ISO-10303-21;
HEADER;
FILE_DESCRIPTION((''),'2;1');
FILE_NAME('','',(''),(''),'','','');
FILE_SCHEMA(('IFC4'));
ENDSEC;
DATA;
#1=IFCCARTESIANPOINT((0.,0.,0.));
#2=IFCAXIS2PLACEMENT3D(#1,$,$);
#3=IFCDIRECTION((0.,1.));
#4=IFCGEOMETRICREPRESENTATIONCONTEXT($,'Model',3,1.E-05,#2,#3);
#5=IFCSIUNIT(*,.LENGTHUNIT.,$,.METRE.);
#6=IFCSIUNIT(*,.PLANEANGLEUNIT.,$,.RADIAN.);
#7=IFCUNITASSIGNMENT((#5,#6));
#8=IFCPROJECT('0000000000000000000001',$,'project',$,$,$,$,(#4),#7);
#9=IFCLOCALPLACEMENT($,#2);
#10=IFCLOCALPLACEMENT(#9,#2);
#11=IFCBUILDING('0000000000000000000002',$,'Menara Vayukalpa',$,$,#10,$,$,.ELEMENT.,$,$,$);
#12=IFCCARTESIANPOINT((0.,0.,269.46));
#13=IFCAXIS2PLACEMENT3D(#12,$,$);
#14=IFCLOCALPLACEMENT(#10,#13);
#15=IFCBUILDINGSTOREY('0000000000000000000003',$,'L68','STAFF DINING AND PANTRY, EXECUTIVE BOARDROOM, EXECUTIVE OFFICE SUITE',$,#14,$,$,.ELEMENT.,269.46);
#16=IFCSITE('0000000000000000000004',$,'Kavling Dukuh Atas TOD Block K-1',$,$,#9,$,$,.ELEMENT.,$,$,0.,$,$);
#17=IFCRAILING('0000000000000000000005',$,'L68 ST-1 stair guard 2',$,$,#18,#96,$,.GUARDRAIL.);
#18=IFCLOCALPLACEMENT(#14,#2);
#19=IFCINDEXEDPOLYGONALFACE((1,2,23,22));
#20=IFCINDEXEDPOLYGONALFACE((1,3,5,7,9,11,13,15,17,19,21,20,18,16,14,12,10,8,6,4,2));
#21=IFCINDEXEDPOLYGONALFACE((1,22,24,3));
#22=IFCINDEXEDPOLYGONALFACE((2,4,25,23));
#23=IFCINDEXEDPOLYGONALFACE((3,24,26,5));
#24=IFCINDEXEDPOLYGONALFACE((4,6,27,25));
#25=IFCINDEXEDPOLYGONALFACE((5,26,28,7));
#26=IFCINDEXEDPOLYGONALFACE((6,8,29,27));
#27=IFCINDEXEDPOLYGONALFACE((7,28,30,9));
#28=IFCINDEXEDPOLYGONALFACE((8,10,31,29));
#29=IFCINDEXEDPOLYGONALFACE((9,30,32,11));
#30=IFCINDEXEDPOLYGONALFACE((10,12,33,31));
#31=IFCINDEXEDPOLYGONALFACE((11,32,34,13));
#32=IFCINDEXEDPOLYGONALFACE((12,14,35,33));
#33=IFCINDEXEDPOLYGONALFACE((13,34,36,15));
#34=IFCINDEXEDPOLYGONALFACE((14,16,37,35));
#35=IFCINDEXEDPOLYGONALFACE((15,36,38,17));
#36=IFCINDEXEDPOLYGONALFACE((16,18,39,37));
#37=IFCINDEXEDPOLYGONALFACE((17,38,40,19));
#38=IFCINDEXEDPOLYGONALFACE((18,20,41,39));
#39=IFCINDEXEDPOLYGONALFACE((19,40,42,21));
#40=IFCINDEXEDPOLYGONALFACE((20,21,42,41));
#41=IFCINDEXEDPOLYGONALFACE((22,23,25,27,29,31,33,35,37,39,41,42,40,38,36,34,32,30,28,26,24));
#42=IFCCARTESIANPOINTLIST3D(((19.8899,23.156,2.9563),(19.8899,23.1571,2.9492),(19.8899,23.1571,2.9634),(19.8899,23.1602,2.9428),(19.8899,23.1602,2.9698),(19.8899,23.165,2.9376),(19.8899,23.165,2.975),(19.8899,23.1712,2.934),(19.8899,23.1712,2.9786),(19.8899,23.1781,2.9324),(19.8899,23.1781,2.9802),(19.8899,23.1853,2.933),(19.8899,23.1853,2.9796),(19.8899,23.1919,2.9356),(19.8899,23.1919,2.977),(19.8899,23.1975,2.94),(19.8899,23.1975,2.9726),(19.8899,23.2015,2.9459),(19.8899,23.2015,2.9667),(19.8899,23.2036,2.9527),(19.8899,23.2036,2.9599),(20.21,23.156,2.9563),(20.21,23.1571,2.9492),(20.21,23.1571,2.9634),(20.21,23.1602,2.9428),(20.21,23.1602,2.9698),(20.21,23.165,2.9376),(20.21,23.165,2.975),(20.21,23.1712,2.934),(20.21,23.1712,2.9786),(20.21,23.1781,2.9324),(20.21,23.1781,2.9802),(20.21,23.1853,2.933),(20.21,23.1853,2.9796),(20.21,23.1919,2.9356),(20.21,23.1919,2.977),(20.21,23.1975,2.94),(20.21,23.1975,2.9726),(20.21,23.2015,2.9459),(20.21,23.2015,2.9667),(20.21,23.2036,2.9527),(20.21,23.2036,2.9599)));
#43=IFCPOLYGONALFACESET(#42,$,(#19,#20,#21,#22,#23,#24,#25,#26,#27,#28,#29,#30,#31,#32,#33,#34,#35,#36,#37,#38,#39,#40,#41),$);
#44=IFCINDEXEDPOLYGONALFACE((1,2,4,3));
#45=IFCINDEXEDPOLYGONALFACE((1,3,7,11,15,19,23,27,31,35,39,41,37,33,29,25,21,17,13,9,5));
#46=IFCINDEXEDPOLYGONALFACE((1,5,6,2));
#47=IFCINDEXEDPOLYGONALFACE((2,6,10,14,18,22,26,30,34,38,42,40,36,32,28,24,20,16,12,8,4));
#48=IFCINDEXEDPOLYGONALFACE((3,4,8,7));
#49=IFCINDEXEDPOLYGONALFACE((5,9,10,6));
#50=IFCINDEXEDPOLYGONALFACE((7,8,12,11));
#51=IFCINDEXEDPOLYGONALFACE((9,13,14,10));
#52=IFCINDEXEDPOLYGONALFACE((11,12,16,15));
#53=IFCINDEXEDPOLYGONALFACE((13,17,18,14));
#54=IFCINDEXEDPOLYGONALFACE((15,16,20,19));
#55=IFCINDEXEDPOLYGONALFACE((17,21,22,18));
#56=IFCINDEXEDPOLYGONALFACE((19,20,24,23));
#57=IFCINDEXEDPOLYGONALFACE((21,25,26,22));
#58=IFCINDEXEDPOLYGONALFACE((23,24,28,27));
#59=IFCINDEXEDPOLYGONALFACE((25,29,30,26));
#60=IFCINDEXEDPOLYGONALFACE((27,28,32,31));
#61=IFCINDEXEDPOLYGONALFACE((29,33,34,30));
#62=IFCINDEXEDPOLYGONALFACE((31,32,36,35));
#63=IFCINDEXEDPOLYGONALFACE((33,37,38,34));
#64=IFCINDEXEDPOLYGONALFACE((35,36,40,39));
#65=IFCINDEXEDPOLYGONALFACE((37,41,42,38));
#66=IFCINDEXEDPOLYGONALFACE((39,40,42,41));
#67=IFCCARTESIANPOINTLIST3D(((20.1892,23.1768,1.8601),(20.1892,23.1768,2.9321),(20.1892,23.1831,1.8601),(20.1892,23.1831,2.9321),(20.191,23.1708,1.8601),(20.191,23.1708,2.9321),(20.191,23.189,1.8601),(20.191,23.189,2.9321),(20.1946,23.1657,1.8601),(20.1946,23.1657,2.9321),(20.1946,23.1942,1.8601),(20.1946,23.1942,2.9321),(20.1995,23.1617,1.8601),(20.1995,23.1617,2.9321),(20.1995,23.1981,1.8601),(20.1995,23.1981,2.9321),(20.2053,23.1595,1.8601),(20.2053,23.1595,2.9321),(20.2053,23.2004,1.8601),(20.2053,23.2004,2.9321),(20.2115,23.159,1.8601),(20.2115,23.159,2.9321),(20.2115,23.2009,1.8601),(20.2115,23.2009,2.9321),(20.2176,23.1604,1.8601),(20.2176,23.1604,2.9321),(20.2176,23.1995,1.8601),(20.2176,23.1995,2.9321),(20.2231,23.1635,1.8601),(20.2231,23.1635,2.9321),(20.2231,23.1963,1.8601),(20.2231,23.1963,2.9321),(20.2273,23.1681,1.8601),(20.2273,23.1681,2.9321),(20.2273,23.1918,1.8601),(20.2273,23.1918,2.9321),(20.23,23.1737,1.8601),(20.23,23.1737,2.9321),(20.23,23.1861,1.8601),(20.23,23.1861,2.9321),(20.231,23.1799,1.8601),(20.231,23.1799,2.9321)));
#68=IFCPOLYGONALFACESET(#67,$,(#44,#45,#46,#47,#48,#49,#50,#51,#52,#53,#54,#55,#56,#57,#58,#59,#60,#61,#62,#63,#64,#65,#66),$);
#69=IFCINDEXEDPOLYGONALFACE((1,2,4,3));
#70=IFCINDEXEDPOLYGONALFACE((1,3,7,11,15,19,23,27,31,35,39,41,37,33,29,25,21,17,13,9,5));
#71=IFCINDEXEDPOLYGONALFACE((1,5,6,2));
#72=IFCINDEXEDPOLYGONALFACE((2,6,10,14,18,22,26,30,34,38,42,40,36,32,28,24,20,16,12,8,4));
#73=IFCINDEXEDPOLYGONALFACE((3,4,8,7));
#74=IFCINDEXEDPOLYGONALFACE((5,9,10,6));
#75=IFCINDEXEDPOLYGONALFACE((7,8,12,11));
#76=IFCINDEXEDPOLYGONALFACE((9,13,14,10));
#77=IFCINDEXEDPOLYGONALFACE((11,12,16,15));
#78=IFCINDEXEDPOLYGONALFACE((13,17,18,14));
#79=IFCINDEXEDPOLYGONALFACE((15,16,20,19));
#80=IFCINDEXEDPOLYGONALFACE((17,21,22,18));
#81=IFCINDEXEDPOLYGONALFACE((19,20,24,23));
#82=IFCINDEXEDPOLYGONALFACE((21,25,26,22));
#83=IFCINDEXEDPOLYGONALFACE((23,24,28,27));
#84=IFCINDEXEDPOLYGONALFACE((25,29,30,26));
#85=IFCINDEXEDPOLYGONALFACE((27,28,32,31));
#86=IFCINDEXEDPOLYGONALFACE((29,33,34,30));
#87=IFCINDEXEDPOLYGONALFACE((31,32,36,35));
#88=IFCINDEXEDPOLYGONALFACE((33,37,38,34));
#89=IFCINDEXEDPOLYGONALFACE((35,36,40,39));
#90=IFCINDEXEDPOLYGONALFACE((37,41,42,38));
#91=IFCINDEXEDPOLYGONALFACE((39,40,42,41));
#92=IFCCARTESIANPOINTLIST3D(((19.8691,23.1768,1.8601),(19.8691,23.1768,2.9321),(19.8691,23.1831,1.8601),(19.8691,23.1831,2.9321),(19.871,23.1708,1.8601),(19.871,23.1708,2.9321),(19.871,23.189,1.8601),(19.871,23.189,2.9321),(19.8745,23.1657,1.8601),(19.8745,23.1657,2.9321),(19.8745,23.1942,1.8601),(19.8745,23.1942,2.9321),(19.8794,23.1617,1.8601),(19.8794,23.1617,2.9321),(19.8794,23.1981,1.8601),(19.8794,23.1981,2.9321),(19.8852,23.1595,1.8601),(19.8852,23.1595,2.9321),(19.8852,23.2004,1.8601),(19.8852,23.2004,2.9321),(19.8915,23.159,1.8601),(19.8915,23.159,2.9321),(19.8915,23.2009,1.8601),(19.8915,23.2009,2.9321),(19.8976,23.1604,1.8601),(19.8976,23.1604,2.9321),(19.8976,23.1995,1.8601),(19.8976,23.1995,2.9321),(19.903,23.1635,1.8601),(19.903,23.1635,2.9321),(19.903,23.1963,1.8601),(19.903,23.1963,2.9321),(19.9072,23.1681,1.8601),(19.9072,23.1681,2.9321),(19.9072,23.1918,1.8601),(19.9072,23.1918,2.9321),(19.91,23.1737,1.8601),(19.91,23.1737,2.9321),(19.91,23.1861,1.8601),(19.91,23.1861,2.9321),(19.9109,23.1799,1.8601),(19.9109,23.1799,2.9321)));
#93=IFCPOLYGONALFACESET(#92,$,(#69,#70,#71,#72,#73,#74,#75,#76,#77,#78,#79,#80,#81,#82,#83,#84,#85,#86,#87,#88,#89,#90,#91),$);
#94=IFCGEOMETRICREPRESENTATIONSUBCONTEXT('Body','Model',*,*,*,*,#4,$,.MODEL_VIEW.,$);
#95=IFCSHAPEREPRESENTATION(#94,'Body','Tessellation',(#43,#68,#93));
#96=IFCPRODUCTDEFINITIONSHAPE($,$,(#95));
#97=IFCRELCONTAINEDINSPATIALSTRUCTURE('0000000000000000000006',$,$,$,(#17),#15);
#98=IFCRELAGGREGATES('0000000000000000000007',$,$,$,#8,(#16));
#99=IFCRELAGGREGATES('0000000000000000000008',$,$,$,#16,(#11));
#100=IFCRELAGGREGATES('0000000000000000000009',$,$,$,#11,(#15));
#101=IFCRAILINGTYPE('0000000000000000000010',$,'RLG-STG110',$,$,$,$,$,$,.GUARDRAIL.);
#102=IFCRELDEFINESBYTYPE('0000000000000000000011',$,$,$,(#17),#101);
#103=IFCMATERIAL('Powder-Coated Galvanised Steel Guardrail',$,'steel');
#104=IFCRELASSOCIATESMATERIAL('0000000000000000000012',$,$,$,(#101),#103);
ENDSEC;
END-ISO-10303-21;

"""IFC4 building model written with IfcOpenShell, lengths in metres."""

from ifc_helpers import new_model, si_unit, direction, frame, origin, origin_2d, place, context, subcontext, project, spatial, circle, extrude, material, type_object, element, save


model = new_model("IFC4")

# Units and contexts
model_context = context("Model", 3, precision=1e-05, world=origin(), true_north=direction((0.0, 1.0)))
body_context = subcontext(model_context, "Body", "Model", "MODEL_VIEW")
ifc_project = project(units=[si_unit("LENGTHUNIT", "METRE"), si_unit("PLANEANGLEUNIT", "RADIAN")], contexts=[model_context])

# Site, building, storey
site_placement = place(None, origin())
site = spatial("IfcSite", under=ifc_project, at=site_placement, Name="Kavling Dukuh Atas TOD Block K-1", CompositionType="ELEMENT", RefElevation=0.0)
building_placement = place(site_placement, origin())
building = spatial("IfcBuilding", under=site, at=building_placement, Name="Menara Vayukalpa", CompositionType="ELEMENT")
storey_placement = place(building_placement, frame((0.0, 0.0, 269.46)))
storey = spatial("IfcBuildingStorey", under=building, at=storey_placement, Name="L68", Description="STAFF DINING AND PANTRY, EXECUTIVE BOARDROOM, EXECUTIVE OFFICE SUITE", CompositionType="ELEMENT", Elevation=269.46)

# Railing
ifc_material_1 = material(Name="Powder-Coated Galvanised Steel Guardrail", Category="steel")
railing_type_1 = type_object("IfcRailingType", Name="RLG-STG110", PredefinedType="GUARDRAIL", material=ifc_material_1)
railing_1_placement = place(storey_placement, frame((20.21, 23.1799, 1.8601)))
element("IfcRailing", 1, at=railing_1_placement, inside=storey, type_object=railing_type_1, Name="L68 ST-1 stair guard 2", PredefinedType="GUARDRAIL", context=body_context, shape_type="SweptSolid", body=[
    extrude(circle(Radius=0.0239, at=origin_2d()), frame((0.0, 0.0, 1.0962), z_axis=(-1.0, 0.0, 0.0), x_axis=(0.0, -1.0, 0.0)), (0.0, 0.0, 1.0), 0.3201),
    extrude(circle(Radius=0.021, at=origin_2d()), origin(), (0.0, 0.0, 1.0), 1.072),
    extrude(circle(Radius=0.021, at=origin_2d()), frame((-0.3201, 0.0, 0.0)), (0.0, 0.0, 1.0), 1.072),
])

save(model, "model.ifc")
